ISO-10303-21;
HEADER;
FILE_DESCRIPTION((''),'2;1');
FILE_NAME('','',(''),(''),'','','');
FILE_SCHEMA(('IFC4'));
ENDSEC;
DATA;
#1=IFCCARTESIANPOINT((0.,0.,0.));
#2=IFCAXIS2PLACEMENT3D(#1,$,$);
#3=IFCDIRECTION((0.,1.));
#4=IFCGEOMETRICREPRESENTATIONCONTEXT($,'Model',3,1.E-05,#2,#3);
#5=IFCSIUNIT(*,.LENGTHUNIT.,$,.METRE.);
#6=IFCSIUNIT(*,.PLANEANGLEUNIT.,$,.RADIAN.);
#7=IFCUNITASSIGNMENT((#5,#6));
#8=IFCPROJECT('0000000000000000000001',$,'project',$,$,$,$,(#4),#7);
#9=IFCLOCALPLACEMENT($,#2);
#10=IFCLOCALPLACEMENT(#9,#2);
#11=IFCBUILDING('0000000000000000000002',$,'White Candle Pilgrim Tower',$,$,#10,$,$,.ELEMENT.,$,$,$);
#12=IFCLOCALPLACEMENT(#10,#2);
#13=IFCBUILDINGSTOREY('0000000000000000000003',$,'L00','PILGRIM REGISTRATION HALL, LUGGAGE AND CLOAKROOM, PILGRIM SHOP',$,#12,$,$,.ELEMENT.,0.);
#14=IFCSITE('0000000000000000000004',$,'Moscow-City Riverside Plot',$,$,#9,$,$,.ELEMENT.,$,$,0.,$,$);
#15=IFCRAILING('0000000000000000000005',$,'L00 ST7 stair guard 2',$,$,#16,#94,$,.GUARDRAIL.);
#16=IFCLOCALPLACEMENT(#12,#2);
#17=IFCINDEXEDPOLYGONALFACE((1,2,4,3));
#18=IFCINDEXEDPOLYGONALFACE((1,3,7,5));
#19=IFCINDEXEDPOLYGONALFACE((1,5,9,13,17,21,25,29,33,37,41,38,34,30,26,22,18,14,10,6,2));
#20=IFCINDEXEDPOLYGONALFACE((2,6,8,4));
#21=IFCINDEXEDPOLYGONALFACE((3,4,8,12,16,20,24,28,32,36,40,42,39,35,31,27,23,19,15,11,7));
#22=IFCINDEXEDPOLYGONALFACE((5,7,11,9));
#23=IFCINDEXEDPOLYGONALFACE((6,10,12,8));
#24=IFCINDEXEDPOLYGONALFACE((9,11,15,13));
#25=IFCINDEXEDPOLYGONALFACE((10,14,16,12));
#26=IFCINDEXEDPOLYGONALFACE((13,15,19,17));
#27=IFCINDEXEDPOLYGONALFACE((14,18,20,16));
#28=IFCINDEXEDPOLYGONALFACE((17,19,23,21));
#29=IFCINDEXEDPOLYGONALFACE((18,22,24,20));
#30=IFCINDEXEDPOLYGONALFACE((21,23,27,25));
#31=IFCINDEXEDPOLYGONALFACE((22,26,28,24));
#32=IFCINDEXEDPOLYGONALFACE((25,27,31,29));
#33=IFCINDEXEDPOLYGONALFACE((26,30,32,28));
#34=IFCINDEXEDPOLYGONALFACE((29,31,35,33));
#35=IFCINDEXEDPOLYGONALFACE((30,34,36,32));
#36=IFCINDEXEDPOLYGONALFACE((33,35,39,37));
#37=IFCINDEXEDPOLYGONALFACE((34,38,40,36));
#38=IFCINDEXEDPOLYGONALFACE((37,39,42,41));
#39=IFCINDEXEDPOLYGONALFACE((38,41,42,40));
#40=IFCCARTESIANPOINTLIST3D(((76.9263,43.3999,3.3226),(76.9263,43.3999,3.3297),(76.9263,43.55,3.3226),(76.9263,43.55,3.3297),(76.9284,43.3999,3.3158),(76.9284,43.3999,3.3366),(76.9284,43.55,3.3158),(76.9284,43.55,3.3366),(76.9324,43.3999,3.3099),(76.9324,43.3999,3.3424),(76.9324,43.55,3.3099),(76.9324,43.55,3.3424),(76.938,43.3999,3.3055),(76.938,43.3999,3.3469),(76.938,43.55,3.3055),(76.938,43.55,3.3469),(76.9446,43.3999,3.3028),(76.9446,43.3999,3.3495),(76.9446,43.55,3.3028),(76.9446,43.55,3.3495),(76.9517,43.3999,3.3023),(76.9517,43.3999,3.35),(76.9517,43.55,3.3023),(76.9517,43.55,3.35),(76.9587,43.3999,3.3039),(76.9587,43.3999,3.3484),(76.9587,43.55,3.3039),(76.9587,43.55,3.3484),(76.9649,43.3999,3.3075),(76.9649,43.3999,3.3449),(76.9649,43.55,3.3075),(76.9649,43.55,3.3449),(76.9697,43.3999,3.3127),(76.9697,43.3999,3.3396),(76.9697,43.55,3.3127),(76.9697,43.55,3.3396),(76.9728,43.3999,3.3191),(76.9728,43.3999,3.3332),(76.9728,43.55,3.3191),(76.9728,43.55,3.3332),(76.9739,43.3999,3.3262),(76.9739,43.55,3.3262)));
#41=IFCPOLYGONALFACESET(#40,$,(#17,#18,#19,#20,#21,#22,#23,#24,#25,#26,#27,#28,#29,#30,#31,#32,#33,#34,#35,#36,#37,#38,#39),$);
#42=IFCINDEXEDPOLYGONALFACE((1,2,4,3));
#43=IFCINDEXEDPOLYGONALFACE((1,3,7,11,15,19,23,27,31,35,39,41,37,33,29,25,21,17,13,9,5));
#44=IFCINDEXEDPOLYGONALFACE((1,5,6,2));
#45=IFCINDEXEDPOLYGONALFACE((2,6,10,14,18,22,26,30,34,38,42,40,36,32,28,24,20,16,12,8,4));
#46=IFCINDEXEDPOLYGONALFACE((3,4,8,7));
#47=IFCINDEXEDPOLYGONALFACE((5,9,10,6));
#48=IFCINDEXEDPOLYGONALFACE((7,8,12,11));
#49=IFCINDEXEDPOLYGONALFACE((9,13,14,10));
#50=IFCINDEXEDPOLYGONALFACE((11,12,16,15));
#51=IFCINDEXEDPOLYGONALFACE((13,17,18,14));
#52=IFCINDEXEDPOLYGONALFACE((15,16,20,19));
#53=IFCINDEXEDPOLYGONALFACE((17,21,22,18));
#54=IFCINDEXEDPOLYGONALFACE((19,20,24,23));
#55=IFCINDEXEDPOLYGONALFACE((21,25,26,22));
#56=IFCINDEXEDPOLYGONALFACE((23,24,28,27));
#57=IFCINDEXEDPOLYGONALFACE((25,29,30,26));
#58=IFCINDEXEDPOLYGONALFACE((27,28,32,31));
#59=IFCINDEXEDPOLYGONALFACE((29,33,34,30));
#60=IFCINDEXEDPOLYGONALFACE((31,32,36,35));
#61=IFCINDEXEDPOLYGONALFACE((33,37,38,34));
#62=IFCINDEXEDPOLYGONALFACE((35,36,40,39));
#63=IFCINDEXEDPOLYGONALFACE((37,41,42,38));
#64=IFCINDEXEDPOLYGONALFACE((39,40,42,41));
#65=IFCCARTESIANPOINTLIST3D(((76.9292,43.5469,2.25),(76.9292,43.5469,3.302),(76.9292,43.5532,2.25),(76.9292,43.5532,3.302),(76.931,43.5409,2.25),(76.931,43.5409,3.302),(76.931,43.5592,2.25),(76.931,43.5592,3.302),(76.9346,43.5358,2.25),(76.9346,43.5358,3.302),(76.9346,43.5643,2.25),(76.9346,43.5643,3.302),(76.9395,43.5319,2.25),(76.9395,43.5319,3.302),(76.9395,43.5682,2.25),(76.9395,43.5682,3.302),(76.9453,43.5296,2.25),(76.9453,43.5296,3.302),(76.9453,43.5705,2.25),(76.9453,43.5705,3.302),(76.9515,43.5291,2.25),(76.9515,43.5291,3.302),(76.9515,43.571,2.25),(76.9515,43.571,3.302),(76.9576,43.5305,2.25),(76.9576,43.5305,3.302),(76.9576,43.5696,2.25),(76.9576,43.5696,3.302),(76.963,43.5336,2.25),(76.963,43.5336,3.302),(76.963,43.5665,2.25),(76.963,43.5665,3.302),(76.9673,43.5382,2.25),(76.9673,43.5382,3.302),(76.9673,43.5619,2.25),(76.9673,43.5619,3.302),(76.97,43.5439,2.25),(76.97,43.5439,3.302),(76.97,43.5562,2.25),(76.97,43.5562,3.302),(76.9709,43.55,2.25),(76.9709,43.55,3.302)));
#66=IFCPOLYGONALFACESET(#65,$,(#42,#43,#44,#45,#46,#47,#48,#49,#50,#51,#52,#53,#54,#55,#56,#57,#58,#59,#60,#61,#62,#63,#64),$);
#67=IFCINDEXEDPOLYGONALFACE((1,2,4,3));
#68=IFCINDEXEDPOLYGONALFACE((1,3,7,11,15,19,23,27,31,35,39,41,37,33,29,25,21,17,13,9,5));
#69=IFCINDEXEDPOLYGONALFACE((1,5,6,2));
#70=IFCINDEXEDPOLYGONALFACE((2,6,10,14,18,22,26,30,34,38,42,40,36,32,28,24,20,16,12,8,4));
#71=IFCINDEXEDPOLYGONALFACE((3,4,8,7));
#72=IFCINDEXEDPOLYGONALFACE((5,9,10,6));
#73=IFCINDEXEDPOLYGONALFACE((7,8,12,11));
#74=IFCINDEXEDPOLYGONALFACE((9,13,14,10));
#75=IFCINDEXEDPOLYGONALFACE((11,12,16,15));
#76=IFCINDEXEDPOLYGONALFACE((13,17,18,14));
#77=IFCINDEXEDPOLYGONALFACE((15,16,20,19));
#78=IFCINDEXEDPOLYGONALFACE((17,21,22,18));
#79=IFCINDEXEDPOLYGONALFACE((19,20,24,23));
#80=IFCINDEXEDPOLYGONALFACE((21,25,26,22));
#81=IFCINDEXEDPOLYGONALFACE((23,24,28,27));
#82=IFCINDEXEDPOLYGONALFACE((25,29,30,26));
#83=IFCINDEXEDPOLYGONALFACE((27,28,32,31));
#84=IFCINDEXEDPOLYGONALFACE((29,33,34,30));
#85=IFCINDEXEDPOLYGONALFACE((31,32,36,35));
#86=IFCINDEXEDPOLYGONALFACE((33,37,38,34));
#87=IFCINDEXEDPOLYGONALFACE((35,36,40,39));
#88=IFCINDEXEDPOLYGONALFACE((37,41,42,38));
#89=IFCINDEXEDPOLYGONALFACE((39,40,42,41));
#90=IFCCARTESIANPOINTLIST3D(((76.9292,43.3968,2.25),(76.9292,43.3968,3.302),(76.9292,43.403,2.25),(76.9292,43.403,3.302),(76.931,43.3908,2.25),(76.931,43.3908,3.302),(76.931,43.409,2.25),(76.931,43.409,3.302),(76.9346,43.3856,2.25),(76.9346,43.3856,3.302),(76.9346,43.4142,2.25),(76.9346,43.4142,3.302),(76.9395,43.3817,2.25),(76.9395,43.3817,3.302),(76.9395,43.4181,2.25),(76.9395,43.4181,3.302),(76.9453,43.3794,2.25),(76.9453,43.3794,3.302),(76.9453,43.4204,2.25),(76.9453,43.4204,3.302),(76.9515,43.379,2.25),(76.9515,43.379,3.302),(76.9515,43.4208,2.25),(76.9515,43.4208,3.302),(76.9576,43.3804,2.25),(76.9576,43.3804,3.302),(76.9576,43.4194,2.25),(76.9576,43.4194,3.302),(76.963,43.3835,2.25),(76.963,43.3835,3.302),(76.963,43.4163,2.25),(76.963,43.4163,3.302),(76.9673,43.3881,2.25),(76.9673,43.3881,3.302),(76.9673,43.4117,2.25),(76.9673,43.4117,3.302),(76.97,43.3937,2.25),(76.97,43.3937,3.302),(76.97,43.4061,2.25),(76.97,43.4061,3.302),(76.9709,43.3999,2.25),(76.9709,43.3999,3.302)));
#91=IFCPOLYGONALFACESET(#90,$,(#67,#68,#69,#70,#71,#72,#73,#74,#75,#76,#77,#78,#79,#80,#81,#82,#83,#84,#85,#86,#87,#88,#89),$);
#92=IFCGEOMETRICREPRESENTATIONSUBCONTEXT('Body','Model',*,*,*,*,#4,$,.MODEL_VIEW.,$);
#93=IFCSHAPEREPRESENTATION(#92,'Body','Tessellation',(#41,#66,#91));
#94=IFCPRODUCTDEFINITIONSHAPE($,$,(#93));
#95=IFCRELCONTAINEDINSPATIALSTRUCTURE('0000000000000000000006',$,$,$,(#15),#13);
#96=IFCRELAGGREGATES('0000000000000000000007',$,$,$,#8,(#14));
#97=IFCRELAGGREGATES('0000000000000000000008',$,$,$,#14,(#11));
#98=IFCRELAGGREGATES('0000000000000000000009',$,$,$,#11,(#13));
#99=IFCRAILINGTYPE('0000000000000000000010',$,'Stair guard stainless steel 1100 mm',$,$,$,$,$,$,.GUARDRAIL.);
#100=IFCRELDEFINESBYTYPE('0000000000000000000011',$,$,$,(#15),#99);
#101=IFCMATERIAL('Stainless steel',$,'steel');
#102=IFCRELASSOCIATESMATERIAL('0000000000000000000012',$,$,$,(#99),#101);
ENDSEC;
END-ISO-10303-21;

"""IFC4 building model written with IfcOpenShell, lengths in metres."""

from ifc_helpers import new_model, si_unit, direction, frame, origin, origin_2d, place, context, subcontext, project, spatial, circle, extrude, material, type_object, element, save


model = new_model("IFC4")

# Units and contexts
model_context = context("Model", 3, precision=1e-05, world=origin(), true_north=direction((0.0, 1.0)))
body_context = subcontext(model_context, "Body", "Model", "MODEL_VIEW")
ifc_project = project(units=[si_unit("LENGTHUNIT", "METRE"), si_unit("PLANEANGLEUNIT", "RADIAN")], contexts=[model_context])

# Site, building, storey
site_placement = place(None, origin())
site = spatial("IfcSite", under=ifc_project, at=site_placement, Name="Moscow-City Riverside Plot", CompositionType="ELEMENT", RefElevation=0.0)
building_placement = place(site_placement, origin())
building = spatial("IfcBuilding", under=site, at=building_placement, Name="White Candle Pilgrim Tower", CompositionType="ELEMENT")
storey_placement = place(building_placement, origin())
storey = spatial("IfcBuildingStorey", under=building, at=storey_placement, Name="L00", Description="PILGRIM REGISTRATION HALL, LUGGAGE AND CLOAKROOM, PILGRIM SHOP", CompositionType="ELEMENT", Elevation=0.0)

# Railing
ifc_material_1 = material(Name="Stainless steel", Category="steel")
railing_type_1 = type_object("IfcRailingType", Name="Stair guard stainless steel 1100 mm", PredefinedType="GUARDRAIL", material=ifc_material_1)
railing_1_placement = place(storey_placement, frame((76.95, 43.55, 2.25)))
element("IfcRailing", 1, at=railing_1_placement, inside=storey, type_object=railing_type_1, Name="L00 ST7 stair guard 2", PredefinedType="GUARDRAIL", context=body_context, shape_type="SweptSolid", body=[
    extrude(circle(Radius=0.0239, at=origin_2d()), frame((0.0, 0.0, 1.0762), z_axis=(0.0, -1.0, 0.0), x_axis=(1.0, 0.0, 0.0)), (0.0, 0.0, 1.0), 0.1501),
    extrude(circle(Radius=0.021, at=origin_2d()), origin(), (0.0, 0.0, 1.0), 1.052),
    extrude(circle(Radius=0.021, at=origin_2d()), frame((0.0, -0.1501, 0.0)), (0.0, 0.0, 1.0), 1.052),
])

save(model, "model.ifc")
